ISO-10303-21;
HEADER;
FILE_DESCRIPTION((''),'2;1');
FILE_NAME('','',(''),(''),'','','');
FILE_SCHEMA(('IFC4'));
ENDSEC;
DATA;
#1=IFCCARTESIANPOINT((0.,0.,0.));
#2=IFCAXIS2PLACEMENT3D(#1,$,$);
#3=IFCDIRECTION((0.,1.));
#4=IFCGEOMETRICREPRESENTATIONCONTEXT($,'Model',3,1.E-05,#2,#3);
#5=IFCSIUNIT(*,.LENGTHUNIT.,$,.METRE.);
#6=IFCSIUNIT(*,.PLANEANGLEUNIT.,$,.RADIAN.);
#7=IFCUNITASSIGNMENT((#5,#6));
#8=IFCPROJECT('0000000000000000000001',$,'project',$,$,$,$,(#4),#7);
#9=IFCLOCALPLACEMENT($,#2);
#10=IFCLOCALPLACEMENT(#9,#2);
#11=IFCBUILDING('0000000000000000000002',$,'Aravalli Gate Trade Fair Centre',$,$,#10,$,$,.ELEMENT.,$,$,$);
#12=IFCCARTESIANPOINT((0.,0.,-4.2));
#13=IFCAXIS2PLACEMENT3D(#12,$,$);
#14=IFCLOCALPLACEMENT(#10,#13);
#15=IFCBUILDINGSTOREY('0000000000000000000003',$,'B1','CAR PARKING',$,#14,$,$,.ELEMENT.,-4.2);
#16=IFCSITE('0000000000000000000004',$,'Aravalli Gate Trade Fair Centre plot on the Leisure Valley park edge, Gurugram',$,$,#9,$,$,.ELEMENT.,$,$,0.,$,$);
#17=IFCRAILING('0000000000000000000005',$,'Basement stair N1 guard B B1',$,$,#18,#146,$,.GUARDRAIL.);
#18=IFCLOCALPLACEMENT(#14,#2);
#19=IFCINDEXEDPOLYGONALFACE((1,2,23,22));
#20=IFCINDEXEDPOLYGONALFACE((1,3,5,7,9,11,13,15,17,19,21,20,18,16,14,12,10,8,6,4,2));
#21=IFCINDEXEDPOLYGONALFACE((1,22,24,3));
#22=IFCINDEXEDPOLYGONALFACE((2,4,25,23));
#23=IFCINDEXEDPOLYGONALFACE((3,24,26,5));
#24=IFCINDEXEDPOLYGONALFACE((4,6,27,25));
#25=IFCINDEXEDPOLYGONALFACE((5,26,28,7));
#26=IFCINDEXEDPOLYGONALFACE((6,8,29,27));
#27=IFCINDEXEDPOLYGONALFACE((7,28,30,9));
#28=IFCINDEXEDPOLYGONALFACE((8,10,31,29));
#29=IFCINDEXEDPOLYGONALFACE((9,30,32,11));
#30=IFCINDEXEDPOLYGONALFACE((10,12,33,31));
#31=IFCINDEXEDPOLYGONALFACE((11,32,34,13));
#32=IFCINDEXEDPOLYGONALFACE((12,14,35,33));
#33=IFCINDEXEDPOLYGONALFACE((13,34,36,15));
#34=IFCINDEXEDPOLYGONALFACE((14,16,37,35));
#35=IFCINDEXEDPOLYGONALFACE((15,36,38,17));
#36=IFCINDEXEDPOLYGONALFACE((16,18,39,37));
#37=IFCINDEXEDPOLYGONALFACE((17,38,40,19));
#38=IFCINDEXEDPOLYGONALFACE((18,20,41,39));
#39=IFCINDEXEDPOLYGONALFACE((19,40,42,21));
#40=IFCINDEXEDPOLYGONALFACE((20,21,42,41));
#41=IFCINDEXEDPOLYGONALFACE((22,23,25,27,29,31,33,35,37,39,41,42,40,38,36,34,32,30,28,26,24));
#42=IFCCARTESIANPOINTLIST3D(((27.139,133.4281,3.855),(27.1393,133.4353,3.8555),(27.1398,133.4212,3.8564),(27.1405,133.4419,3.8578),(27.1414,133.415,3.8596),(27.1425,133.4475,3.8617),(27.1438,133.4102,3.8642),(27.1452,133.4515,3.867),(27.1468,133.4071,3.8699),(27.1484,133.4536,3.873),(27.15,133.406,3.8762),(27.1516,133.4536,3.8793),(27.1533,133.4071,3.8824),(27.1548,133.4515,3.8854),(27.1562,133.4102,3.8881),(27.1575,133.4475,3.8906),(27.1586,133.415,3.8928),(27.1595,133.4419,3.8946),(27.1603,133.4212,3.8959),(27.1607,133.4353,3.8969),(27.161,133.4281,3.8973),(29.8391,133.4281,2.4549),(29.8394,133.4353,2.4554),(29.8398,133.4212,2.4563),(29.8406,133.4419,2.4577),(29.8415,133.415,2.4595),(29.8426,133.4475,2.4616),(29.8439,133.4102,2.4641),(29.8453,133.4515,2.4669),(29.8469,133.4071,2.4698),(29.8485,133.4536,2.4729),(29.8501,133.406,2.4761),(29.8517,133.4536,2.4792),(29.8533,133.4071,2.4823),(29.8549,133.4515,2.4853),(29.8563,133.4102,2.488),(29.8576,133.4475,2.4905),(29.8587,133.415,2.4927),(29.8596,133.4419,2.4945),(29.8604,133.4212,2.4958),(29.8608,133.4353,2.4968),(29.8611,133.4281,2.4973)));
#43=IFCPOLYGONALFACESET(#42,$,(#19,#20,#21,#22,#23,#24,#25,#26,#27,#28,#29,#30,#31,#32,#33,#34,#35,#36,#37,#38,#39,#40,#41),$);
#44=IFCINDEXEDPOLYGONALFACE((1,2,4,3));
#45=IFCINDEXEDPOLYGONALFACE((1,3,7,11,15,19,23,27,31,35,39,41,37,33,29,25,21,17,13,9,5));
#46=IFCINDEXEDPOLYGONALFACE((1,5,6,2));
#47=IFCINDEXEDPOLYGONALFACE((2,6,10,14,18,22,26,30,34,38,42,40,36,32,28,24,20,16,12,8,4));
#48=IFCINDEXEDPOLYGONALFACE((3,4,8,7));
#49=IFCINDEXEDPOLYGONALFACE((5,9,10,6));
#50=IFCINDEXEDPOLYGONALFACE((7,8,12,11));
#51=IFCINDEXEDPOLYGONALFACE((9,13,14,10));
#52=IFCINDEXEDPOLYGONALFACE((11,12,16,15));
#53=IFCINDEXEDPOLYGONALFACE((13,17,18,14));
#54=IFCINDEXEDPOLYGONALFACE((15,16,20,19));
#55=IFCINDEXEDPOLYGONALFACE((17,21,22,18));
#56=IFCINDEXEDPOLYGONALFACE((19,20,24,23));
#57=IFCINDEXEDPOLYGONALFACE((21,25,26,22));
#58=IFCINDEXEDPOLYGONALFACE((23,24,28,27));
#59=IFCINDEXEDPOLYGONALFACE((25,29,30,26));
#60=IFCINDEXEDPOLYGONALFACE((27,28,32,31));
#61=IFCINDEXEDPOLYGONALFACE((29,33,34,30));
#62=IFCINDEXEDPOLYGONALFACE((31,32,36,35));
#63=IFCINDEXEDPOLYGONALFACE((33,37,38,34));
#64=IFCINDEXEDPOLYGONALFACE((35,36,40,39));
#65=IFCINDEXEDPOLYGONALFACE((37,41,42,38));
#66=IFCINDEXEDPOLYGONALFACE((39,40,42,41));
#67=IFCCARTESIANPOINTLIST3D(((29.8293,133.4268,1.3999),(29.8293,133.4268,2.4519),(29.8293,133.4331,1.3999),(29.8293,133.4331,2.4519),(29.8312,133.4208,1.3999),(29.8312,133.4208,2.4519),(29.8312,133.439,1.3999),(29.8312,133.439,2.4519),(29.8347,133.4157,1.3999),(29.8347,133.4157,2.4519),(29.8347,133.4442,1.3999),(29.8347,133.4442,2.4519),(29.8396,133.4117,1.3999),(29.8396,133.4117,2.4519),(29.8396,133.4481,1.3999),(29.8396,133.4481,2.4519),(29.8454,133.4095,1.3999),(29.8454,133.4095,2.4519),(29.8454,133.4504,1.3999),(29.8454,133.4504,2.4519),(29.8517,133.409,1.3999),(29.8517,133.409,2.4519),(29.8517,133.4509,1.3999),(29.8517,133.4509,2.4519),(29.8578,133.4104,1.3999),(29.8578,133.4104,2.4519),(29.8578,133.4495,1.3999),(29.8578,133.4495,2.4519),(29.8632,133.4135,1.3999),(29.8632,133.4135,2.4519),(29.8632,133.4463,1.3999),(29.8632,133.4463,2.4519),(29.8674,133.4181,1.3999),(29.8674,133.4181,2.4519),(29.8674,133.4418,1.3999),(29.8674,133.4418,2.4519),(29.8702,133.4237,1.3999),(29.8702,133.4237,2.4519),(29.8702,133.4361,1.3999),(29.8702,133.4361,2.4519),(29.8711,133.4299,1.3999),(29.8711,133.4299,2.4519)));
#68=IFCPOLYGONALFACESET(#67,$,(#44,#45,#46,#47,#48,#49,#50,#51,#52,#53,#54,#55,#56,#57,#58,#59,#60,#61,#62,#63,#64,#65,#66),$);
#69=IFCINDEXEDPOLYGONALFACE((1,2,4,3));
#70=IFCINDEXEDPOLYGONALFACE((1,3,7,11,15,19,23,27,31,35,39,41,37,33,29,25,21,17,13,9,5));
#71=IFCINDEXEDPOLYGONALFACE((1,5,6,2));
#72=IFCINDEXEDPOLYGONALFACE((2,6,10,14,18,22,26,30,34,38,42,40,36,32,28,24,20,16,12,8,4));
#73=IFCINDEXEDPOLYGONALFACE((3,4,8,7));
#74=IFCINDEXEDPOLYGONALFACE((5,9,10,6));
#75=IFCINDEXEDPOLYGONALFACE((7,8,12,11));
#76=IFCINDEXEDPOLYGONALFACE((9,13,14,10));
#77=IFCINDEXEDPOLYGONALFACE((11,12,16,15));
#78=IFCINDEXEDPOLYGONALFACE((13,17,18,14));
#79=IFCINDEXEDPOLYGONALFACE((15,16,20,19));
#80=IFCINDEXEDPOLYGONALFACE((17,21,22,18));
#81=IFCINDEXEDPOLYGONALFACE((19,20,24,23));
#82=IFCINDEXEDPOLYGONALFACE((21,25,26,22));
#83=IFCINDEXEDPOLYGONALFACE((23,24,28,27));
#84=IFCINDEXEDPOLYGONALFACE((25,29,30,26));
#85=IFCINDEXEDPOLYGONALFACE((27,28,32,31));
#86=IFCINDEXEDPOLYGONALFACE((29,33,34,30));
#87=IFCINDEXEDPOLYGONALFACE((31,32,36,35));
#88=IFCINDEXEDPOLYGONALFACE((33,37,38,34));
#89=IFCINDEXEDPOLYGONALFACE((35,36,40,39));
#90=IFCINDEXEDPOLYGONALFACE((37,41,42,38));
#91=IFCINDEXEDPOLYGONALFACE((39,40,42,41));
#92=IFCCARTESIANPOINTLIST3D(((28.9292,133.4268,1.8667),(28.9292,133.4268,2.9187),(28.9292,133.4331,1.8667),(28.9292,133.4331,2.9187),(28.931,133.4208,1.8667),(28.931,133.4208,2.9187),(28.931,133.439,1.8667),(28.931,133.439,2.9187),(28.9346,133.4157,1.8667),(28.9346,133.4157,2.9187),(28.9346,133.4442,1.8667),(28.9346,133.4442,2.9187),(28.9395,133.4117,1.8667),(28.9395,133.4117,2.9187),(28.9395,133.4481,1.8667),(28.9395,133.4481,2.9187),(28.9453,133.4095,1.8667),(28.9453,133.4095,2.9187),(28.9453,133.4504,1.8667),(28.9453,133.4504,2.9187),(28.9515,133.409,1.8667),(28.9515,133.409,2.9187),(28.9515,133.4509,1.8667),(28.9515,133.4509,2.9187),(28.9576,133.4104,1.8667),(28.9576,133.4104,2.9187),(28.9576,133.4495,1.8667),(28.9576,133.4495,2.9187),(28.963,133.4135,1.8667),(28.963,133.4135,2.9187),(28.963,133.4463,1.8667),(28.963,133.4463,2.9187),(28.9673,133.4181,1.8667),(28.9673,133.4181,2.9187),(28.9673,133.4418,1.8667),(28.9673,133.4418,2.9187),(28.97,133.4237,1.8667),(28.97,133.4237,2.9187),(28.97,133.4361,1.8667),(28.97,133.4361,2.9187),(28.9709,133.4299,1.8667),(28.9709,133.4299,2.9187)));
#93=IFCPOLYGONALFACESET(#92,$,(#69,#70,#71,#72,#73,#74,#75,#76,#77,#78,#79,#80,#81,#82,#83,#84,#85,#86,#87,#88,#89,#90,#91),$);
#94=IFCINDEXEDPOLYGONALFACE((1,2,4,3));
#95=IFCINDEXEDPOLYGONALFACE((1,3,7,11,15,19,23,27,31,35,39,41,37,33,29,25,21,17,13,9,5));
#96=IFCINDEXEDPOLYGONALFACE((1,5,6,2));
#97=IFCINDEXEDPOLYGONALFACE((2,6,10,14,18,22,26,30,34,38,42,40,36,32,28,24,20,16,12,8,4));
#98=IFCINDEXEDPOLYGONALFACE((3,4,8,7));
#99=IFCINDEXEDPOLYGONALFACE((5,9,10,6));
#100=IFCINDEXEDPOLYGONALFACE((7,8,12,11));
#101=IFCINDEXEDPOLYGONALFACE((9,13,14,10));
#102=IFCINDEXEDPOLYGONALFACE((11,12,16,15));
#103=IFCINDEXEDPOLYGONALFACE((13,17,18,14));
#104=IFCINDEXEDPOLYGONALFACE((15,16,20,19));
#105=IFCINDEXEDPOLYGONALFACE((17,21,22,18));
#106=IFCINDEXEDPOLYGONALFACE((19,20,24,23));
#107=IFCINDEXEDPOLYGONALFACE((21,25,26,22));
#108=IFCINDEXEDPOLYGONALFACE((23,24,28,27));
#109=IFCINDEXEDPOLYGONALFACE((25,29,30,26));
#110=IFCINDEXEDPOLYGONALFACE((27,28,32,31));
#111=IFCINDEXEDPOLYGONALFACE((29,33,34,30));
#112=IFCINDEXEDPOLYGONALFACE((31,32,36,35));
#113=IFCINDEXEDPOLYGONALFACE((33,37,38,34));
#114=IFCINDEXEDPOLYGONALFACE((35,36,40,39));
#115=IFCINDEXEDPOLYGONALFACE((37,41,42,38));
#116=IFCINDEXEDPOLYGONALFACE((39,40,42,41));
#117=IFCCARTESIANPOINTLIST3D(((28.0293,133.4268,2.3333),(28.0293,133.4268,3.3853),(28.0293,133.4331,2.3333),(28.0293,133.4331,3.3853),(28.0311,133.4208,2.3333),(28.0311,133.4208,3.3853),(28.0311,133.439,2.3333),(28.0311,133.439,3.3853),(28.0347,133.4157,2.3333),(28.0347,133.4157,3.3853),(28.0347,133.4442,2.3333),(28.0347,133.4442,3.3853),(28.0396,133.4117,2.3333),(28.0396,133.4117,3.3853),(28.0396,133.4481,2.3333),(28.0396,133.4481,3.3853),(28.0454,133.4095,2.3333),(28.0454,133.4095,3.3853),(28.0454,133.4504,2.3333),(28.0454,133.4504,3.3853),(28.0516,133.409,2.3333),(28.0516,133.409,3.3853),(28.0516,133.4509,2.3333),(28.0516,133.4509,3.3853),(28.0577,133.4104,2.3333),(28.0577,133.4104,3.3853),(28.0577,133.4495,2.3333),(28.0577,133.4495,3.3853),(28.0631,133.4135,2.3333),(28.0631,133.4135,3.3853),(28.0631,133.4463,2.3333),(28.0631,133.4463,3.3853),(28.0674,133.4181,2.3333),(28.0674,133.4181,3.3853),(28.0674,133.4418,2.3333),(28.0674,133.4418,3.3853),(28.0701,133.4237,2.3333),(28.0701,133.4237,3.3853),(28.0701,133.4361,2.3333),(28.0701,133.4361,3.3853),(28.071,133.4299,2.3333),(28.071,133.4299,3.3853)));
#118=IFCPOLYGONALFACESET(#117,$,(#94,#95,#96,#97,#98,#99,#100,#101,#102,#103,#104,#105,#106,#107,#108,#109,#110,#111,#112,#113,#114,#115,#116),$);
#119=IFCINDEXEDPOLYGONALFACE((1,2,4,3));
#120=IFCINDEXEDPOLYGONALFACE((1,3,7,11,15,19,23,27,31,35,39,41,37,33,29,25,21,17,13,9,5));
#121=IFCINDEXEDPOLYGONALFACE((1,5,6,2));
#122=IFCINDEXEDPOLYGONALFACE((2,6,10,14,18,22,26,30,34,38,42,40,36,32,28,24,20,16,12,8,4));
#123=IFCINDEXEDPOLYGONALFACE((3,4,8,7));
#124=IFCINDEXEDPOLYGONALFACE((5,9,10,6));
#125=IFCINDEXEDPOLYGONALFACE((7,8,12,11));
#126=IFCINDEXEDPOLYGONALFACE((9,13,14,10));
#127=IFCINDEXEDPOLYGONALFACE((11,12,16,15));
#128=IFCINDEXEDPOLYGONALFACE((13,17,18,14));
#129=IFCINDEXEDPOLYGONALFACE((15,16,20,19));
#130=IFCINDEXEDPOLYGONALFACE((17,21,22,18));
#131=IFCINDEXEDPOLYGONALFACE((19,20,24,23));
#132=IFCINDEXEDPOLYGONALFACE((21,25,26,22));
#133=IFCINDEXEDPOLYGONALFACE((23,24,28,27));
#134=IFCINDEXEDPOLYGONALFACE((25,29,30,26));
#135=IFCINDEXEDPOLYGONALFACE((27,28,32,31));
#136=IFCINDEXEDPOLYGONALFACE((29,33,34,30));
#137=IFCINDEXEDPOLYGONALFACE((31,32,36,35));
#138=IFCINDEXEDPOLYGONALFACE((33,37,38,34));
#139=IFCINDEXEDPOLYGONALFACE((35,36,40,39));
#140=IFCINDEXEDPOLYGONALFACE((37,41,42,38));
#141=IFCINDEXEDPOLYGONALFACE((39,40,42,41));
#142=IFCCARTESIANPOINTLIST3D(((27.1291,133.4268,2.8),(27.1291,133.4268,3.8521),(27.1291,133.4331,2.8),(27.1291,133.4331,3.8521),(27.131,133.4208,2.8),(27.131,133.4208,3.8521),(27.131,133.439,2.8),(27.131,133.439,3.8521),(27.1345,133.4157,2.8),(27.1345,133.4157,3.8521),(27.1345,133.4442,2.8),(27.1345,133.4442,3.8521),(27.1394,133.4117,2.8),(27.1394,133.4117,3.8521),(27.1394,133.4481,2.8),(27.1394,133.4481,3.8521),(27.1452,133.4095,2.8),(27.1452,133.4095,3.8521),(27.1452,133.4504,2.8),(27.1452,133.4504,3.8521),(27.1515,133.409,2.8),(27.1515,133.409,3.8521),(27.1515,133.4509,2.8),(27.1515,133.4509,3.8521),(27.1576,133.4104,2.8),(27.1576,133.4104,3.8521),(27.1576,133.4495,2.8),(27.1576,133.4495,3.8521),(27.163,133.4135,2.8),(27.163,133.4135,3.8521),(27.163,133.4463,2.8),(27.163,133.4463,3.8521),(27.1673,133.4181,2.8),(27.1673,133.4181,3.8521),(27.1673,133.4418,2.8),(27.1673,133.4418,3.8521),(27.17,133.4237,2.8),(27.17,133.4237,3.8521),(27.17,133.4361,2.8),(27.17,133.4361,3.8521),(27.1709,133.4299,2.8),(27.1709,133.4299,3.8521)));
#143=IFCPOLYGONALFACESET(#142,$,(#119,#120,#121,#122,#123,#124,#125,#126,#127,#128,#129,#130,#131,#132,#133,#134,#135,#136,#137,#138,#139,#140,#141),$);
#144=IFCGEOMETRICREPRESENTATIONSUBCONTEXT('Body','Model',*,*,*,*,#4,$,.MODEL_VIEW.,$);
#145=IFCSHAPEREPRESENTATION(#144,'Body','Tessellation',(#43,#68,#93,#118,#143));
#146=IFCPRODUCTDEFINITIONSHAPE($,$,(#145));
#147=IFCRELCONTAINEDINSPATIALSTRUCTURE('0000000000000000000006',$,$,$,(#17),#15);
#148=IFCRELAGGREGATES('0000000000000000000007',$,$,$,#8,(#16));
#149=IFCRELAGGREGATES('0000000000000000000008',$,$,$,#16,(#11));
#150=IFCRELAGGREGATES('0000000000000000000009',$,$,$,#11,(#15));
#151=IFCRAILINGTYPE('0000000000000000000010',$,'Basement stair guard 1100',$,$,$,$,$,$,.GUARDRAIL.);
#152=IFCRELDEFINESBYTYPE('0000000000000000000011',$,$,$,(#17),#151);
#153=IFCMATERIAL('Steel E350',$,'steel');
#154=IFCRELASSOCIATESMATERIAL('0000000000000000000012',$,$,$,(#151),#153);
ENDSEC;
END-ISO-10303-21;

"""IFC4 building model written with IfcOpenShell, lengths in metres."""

from ifc_helpers import new_model, si_unit, direction, frame, origin, origin_2d, place, context, subcontext, project, spatial, circle, extrude, material, type_object, element, save


model = new_model("IFC4")

# Units and contexts
model_context = context("Model", 3, precision=1e-05, world=origin(), true_north=direction((0.0, 1.0)))
body_context = subcontext(model_context, "Body", "Model", "MODEL_VIEW")
ifc_project = project(units=[si_unit("LENGTHUNIT", "METRE"), si_unit("PLANEANGLEUNIT", "RADIAN")], contexts=[model_context])

# Site, building, storey
site_placement = place(None, origin())
site = spatial("IfcSite", under=ifc_project, at=site_placement, Name="Aravalli Gate Trade Fair Centre plot on the Leisure Valley park edge, Gurugram", CompositionType="ELEMENT", RefElevation=0.0)
building_placement = place(site_placement, origin())
building = spatial("IfcBuilding", under=site, at=building_placement, Name="Aravalli Gate Trade Fair Centre", CompositionType="ELEMENT")
storey_placement = place(building_placement, frame((0.0, 0.0, -4.2)))
storey = spatial("IfcBuildingStorey", under=building, at=storey_placement, Name="B1", Description="CAR PARKING", CompositionType="ELEMENT", Elevation=-4.2)

# Railing
ifc_material_1 = material(Name="Steel E350", Category="steel")
railing_type_1 = type_object("IfcRailingType", Name="Basement stair guard 1100", PredefinedType="GUARDRAIL", material=ifc_material_1)
railing_1_placement = place(storey_placement, frame((29.8501, 133.4299, 1.3999)))
element("IfcRailing", 1, at=railing_1_placement, inside=storey, type_object=railing_type_1, Name="Basement stair N1 guard B B1", PredefinedType="GUARDRAIL", context=body_context, shape_type="SweptSolid", body=[
    extrude(circle(Radius=0.0239, at=origin_2d()), frame((0.0, 0.0, 1.0762), z_axis=(-0.887748, 0.0, 0.460329), x_axis=(0.0, -1.0, 0.0)), (0.0, 0.0, 1.0), 3.0415),
    extrude(circle(Radius=0.021, at=origin_2d()), origin(), (0.0, 0.0, 1.0), 1.052),
    extrude(circle(Radius=0.021, at=origin_2d()), frame((-0.9001, 0.0, 0.4668)), (0.0, 0.0, 1.0), 1.052),
    extrude(circle(Radius=0.021, at=origin_2d()), frame((-1.8, 0.0, 0.9333)), (0.0, 0.0, 1.0), 1.052),
    extrude(circle(Radius=0.021, at=origin_2d()), frame((-2.7002, 0.0, 1.4001)), (0.0, 0.0, 1.0), 1.052),
])

save(model, "model.ifc")
